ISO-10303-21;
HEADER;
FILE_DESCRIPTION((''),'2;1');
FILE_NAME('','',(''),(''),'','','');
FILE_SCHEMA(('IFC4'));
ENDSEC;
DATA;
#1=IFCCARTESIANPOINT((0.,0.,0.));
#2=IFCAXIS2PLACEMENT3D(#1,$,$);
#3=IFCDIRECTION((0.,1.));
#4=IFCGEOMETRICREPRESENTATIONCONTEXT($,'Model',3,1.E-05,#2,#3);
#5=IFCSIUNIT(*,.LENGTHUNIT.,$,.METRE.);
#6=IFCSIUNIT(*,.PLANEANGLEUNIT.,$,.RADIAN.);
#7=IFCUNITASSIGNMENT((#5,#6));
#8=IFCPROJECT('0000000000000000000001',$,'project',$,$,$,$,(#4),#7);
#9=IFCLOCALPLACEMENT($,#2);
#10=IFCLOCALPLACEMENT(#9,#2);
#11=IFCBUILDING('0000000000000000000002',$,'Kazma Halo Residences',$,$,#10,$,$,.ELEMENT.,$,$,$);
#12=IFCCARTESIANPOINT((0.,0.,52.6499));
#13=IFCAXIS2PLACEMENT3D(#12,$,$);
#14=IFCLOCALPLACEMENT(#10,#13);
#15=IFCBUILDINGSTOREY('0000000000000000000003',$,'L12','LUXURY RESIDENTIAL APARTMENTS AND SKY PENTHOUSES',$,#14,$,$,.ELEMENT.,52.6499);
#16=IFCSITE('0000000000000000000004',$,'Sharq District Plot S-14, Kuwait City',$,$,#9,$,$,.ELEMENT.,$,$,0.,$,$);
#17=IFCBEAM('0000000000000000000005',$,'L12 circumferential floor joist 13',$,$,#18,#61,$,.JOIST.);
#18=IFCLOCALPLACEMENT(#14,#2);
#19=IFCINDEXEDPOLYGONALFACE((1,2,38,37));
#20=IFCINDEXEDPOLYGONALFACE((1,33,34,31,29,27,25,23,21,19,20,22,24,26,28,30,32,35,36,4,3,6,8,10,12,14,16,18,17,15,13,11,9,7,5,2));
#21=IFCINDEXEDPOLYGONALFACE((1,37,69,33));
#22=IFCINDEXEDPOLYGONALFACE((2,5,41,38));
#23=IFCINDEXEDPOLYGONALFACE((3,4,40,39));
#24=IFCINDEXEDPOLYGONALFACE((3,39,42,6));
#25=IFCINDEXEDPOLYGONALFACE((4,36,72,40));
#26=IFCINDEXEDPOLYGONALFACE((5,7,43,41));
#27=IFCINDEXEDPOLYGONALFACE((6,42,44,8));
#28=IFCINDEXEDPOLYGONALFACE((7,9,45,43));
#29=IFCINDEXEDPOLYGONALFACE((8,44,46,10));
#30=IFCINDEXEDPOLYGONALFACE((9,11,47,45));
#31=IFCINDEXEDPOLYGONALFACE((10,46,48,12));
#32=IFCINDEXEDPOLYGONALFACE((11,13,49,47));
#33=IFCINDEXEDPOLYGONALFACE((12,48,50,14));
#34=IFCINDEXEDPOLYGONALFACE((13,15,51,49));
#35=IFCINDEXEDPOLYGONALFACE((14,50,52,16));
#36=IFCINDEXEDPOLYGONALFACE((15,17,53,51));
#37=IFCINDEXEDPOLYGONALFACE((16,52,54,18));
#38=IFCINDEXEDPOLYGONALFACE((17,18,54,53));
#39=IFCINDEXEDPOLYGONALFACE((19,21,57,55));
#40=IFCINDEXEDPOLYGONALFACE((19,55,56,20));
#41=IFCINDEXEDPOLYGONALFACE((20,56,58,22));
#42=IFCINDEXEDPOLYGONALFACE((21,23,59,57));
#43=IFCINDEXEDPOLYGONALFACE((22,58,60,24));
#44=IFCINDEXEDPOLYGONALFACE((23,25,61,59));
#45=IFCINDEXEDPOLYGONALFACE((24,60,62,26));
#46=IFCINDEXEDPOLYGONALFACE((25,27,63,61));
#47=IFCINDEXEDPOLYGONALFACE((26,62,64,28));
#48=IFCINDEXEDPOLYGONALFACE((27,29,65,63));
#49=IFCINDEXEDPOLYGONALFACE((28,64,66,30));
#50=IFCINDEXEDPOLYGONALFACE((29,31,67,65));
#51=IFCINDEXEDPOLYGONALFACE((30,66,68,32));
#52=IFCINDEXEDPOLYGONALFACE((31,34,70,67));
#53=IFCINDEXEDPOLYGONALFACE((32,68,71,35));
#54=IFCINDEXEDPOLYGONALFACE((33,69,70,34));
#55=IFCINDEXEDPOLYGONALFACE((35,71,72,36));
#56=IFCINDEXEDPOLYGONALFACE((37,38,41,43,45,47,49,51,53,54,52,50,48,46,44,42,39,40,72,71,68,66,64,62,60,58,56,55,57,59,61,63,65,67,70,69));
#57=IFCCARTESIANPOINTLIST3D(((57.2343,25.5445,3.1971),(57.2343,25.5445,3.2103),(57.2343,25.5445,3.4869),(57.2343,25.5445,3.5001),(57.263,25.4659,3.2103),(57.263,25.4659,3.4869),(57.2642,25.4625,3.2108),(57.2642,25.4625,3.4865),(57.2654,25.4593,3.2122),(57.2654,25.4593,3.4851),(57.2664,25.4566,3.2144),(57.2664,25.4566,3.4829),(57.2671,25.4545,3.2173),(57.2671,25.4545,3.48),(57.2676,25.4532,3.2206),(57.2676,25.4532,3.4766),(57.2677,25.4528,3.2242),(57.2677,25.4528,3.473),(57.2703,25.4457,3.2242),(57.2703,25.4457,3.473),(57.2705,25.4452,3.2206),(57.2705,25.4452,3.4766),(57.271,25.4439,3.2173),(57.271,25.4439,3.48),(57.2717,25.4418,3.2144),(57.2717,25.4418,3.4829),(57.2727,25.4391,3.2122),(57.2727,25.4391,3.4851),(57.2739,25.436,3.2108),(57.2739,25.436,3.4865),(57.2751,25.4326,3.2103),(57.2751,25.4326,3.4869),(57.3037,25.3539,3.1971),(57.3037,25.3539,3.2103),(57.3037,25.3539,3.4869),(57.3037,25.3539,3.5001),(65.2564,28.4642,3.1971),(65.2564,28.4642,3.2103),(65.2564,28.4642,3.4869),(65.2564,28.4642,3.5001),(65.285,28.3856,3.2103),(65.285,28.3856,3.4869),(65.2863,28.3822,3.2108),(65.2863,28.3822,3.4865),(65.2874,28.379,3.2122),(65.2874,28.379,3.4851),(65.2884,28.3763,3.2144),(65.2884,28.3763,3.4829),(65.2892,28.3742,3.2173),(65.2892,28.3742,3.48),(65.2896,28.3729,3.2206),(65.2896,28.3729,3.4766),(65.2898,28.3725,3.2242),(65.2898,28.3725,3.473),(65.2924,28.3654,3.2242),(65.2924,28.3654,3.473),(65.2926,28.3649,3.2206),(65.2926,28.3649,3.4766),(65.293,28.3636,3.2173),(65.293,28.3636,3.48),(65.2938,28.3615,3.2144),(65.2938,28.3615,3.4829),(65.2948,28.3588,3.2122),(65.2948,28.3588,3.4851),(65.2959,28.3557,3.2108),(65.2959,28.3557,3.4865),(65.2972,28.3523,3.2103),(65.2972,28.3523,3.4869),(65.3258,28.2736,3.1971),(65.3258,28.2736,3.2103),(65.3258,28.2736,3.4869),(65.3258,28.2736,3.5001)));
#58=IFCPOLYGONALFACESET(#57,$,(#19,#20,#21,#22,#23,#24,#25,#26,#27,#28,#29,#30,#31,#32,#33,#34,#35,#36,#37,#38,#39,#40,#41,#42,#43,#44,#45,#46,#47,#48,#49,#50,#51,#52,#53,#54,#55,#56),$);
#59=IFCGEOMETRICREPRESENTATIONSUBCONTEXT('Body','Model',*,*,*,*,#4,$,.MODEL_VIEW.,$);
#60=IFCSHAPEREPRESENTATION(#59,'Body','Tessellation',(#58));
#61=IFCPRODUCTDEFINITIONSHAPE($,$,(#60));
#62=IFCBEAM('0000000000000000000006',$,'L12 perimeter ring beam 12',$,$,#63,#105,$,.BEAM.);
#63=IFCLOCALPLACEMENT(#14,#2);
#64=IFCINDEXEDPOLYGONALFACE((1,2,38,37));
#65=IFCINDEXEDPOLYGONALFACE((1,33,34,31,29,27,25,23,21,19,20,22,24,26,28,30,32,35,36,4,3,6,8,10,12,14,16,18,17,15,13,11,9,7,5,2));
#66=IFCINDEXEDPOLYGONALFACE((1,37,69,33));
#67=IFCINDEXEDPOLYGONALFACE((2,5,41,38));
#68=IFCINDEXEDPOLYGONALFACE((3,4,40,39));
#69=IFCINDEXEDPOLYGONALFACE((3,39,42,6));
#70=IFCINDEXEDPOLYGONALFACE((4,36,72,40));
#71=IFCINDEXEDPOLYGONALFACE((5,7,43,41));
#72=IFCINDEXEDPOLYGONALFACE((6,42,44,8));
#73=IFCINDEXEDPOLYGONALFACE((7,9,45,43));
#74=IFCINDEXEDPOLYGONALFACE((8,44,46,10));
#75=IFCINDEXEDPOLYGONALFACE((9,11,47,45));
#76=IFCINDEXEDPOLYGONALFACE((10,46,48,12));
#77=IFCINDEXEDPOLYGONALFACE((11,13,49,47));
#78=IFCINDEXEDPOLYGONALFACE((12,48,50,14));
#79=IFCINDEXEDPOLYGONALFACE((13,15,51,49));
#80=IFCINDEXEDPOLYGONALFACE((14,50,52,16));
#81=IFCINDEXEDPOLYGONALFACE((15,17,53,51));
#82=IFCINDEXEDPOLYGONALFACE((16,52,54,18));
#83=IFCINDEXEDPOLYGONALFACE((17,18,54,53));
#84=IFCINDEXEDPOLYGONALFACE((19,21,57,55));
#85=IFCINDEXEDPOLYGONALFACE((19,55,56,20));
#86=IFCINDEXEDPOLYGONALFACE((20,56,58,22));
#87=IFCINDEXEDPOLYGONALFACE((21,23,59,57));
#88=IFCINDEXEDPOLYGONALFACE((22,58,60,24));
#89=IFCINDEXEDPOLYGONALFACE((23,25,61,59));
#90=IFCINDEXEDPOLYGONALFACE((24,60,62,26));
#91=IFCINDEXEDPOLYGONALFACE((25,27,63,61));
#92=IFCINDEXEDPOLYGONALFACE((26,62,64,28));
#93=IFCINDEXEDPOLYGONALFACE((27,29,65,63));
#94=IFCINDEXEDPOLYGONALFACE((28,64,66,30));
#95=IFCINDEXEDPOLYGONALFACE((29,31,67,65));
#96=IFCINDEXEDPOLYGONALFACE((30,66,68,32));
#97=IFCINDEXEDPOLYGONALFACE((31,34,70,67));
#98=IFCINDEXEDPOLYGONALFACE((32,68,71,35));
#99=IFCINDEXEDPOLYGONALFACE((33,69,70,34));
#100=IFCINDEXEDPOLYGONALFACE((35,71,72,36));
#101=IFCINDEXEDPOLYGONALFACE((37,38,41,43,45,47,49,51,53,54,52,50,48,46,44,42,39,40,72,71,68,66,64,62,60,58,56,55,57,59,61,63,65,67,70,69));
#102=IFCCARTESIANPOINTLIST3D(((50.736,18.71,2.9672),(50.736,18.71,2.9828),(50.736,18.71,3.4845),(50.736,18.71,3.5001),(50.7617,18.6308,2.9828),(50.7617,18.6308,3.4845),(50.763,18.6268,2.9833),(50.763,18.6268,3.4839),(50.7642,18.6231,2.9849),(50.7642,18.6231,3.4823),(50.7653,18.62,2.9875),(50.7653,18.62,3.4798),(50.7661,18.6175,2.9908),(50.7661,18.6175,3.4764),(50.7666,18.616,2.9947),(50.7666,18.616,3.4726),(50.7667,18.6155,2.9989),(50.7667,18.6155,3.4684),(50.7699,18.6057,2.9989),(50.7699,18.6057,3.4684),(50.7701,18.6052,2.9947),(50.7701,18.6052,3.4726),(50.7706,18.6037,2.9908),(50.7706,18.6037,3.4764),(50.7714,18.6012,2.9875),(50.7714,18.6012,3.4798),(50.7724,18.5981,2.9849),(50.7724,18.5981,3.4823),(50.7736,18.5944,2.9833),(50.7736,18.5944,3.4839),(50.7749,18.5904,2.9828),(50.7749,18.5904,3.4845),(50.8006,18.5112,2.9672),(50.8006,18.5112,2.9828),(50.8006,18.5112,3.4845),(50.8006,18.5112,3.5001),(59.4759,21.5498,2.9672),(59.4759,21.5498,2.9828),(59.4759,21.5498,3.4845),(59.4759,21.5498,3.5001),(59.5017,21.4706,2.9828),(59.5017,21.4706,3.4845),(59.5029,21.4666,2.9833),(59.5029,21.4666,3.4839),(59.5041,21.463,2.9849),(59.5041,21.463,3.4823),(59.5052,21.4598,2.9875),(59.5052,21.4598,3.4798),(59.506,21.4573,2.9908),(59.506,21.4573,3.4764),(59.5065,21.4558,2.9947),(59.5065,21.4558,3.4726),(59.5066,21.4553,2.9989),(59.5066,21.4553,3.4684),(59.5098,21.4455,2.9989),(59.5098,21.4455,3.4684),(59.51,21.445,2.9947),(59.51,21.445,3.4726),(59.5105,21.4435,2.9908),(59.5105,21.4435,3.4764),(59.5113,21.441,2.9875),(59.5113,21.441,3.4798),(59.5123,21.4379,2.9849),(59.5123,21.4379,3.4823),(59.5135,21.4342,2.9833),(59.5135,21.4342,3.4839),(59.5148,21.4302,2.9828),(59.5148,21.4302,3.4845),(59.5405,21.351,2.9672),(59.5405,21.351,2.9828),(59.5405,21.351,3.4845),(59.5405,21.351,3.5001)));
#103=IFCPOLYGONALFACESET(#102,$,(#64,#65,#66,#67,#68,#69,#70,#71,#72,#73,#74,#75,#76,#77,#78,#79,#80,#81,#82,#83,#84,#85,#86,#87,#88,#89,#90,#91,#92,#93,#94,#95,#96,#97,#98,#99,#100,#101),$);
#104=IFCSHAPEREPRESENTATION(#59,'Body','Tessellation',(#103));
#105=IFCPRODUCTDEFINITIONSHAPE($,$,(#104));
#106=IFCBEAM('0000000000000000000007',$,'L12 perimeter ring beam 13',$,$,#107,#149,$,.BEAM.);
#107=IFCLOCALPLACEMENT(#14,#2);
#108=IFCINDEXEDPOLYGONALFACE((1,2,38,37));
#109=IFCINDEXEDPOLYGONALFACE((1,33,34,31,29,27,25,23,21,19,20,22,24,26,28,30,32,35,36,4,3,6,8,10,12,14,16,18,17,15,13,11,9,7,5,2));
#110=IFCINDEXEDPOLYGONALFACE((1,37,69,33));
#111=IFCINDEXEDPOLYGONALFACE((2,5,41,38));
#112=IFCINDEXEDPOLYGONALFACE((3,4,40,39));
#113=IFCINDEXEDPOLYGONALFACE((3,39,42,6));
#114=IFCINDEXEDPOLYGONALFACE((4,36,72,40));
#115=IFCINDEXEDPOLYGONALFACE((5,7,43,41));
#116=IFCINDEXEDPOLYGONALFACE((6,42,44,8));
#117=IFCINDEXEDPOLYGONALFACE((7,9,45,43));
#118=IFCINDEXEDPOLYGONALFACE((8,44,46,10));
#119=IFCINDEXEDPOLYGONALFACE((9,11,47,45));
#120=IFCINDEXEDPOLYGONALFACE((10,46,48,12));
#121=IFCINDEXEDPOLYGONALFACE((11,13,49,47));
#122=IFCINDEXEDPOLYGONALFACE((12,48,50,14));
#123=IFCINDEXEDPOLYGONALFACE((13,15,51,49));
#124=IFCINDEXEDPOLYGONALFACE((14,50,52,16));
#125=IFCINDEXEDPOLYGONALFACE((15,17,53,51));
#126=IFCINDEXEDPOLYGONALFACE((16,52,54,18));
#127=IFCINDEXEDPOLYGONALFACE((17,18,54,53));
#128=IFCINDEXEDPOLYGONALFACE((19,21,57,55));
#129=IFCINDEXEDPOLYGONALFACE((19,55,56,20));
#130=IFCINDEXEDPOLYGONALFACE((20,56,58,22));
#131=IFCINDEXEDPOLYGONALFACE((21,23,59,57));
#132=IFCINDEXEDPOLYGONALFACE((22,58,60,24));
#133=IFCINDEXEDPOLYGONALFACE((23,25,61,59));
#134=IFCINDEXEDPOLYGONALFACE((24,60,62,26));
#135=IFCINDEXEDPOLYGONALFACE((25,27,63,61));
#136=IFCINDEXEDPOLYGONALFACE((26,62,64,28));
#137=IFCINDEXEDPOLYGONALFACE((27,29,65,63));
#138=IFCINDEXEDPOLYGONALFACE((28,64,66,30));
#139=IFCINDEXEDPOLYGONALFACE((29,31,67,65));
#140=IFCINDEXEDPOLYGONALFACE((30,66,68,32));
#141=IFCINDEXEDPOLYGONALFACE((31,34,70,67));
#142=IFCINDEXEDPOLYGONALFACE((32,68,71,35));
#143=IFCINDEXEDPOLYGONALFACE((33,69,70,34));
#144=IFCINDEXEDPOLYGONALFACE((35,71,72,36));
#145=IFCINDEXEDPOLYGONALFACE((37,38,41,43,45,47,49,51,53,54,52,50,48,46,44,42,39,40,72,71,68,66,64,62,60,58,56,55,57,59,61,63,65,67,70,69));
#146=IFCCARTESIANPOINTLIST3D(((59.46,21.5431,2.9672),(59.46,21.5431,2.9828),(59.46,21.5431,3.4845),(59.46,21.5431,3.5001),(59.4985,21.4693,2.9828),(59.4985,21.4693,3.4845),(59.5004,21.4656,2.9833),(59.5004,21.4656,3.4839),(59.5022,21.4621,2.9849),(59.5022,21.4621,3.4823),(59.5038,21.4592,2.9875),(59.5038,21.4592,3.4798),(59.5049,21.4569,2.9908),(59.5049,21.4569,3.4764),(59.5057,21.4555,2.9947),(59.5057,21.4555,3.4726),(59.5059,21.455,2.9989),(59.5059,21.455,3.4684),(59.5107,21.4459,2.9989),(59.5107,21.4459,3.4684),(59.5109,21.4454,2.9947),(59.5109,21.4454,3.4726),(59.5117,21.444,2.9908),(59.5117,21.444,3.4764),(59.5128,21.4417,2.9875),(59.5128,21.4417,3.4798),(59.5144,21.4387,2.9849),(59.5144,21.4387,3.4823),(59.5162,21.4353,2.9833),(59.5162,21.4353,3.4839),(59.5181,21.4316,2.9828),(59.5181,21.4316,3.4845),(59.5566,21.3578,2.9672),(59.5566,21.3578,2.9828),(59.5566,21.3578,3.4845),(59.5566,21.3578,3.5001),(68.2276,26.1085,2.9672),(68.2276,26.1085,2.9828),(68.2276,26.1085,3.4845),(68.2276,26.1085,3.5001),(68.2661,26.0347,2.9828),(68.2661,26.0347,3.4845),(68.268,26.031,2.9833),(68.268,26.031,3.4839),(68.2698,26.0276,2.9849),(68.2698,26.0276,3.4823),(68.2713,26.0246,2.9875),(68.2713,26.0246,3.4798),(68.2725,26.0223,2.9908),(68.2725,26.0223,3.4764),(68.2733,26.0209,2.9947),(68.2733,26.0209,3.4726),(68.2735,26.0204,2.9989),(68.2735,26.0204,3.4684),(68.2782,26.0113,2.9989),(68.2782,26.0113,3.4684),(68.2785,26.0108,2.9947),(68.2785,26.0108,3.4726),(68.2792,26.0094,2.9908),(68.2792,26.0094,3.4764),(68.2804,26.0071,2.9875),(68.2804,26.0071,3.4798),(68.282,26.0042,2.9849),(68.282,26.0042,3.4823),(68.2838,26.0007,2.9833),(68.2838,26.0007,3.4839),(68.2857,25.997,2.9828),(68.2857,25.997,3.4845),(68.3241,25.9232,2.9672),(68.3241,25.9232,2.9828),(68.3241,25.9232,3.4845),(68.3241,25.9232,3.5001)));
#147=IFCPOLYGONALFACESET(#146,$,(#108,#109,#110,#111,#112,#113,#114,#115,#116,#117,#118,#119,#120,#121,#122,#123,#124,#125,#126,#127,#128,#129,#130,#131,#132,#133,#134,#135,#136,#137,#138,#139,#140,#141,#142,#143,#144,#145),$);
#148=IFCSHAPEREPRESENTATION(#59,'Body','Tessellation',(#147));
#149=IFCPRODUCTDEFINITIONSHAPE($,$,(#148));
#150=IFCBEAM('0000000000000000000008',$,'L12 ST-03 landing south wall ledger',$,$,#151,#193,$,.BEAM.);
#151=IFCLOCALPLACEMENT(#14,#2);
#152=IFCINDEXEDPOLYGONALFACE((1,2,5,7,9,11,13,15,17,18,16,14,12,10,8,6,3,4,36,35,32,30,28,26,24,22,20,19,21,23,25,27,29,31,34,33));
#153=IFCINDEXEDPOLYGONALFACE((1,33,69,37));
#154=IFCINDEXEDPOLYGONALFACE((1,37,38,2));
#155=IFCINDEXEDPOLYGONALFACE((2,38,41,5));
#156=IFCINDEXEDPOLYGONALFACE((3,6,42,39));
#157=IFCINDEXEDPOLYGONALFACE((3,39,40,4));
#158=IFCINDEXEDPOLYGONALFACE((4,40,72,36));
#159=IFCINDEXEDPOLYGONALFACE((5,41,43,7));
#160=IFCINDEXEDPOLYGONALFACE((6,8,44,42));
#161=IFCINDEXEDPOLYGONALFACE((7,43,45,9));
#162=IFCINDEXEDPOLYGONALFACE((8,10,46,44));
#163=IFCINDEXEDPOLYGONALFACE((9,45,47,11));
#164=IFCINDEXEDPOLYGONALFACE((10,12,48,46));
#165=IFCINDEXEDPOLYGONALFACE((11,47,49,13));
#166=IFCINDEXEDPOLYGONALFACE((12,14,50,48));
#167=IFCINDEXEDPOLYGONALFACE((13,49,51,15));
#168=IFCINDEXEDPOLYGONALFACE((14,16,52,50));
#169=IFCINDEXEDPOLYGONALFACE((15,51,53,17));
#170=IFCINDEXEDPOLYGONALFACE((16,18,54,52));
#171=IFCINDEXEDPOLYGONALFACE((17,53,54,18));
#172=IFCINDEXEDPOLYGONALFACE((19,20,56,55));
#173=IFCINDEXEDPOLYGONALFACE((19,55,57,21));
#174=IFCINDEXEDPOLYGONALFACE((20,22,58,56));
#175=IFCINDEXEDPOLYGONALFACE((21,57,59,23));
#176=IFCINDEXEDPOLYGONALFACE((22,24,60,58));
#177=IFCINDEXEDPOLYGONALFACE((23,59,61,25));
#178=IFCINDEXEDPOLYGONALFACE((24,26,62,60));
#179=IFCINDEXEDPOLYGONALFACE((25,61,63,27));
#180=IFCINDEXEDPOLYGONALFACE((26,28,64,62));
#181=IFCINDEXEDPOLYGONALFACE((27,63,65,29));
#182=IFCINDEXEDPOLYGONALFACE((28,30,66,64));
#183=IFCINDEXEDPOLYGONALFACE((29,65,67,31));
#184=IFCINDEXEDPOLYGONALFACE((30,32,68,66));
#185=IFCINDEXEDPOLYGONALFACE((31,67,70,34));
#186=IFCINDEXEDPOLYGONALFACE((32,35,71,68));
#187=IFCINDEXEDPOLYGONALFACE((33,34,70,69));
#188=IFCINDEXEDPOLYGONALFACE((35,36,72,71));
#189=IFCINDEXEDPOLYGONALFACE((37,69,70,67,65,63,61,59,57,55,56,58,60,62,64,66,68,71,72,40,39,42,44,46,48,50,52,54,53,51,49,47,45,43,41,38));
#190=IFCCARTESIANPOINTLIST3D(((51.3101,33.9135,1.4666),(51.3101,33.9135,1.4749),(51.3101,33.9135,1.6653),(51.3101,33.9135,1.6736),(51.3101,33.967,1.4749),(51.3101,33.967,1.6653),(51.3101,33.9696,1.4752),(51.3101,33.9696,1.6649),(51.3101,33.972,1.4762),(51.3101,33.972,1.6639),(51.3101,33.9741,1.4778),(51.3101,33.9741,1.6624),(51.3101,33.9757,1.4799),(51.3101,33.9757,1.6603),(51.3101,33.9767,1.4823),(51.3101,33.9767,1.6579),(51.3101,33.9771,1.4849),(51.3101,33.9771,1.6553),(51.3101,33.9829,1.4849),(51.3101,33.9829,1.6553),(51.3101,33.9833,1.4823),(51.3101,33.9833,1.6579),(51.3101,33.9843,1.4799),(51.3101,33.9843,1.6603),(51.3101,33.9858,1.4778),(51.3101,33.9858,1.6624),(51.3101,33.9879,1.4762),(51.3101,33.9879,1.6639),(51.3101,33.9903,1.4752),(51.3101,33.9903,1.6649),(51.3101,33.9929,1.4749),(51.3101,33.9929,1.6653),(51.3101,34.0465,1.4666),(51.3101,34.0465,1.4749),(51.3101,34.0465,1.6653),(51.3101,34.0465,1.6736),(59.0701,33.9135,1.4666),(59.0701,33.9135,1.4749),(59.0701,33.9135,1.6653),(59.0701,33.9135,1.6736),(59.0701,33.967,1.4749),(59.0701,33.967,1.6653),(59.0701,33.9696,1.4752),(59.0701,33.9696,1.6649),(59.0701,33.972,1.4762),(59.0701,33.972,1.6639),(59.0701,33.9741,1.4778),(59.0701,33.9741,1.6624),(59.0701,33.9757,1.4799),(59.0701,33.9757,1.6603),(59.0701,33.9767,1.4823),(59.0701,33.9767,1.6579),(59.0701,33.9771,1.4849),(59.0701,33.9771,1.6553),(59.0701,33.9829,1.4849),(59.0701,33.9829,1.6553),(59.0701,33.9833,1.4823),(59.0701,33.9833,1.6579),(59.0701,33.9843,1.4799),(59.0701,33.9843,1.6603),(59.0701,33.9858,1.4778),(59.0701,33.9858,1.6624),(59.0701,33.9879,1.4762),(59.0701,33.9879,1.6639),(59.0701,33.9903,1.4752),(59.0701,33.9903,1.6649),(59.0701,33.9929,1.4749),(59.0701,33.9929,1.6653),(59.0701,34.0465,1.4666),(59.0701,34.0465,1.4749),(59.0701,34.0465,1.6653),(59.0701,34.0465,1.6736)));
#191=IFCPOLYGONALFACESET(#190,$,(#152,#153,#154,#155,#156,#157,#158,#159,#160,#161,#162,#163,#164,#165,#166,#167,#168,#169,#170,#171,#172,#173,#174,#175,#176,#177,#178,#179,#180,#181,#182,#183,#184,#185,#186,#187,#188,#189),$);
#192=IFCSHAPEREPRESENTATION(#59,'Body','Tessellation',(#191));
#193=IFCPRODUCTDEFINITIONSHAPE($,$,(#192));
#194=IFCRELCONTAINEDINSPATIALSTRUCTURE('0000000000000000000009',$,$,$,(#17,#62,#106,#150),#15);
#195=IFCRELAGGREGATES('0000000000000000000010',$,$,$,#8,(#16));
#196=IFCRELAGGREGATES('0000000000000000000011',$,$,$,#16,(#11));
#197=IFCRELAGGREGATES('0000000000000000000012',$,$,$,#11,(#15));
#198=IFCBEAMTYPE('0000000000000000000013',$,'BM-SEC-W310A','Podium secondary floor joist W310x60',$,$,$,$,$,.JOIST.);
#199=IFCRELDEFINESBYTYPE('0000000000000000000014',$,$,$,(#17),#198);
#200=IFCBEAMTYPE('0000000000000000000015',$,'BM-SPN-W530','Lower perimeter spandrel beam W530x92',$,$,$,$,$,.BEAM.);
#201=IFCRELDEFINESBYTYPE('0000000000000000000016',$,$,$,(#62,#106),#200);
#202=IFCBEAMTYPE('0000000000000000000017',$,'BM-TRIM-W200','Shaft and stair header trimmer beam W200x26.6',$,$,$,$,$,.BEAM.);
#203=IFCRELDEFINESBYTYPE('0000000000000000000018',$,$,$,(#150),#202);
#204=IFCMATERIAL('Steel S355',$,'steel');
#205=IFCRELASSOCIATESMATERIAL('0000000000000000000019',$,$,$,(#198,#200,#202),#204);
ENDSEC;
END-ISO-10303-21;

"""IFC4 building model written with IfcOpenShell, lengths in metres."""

from ifc_helpers import new_model, si_unit, direction, frame, origin, origin_2d, place, context, subcontext, project, spatial, i_section, extrude, material, material_profile, profile_set, type_object, element, save


model = new_model("IFC4")

# Units and contexts
model_context = context("Model", 3, precision=1e-05, world=origin(), true_north=direction((0.0, 1.0)))
body_context = subcontext(model_context, "Body", "Model", "MODEL_VIEW")
ifc_project = project(units=[si_unit("LENGTHUNIT", "METRE"), si_unit("PLANEANGLEUNIT", "RADIAN")], contexts=[model_context])

# Site, building, storey
site_placement = place(None, origin())
site = spatial("IfcSite", under=ifc_project, at=site_placement, Name="Sharq District Plot S-14, Kuwait City", CompositionType="ELEMENT", RefElevation=0.0)
building_placement = place(site_placement, origin())
building = spatial("IfcBuilding", under=site, at=building_placement, Name="Kazma Halo Residences", CompositionType="ELEMENT")
storey_placement = place(building_placement, frame((0.0, 0.0, 52.6499)))
storey = spatial("IfcBuildingStorey", under=building, at=storey_placement, Name="L12", Description="LUXURY RESIDENTIAL APARTMENTS AND SKY PENTHOUSES", CompositionType="ELEMENT", Elevation=52.6499)

# Beams
ifc_material_1 = material(Name="Steel S355", Category="steel")
ifc_material_profile_1 = material_profile(ifc_material_1, i_section(OverallWidth=0.2029, OverallDepth=0.303, WebThickness=0.0076, FlangeThickness=0.0132, FilletRadius=0.0139, at=origin_2d()), Name="W310x60")
ifc_profile_set_1 = profile_set([ifc_material_profile_1], Name="Steel S355")
beam_type_1 = type_object("IfcBeamType", Name="BM-SEC-W310A", Description="Podium secondary floor joist W310x60", PredefinedType="JOIST", material=ifc_profile_set_1)
beam_1_placement = place(storey_placement, frame((57.269, 25.4492, 3.3486), z_axis=(0.939696, 0.342012, 0.0), x_axis=(-0.342012, 0.939696, 0.0)))
element("IfcBeam", 1, at=beam_1_placement, inside=storey, type_object=beam_type_1, Name="L12 circumferential floor joist 13", PredefinedType="JOIST", context=body_context, shape_type="SweptSolid", body=[
    extrude(i_section(OverallWidth=0.2029, OverallDepth=0.303, WebThickness=0.0076, FlangeThickness=0.0132, FilletRadius=0.0139, at=origin_2d()), origin(), (0.0, 0.0, 1.0), 8.5369),
])
ifc_material_profile_2 = material_profile(ifc_material_1, i_section(OverallWidth=0.209, OverallDepth=0.533, WebThickness=0.0103, FlangeThickness=0.0156, FilletRadius=0.0161, at=origin_2d()), Name="W530x92")
ifc_profile_set_2 = profile_set([ifc_material_profile_2], Name="Steel S355")
beam_type_2 = type_object("IfcBeamType", Name="BM-SPN-W530", Description="Lower perimeter spandrel beam W530x92", PredefinedType="BEAM", material=ifc_profile_set_2)
beam_2_placement = place(storey_placement, frame((50.7683, 18.6106, 3.2336), z_axis=(0.951055, 0.309022, 0.0), x_axis=(-0.309022, 0.951055, 0.0)))
element("IfcBeam", 2, at=beam_2_placement, inside=storey, type_object=beam_type_2, Name="L12 perimeter ring beam 12", PredefinedType="BEAM", context=body_context, shape_type="SweptSolid", body=[
    extrude(i_section(OverallWidth=0.209, OverallDepth=0.533, WebThickness=0.0103, FlangeThickness=0.0156, FilletRadius=0.0161, at=origin_2d()), origin(), (0.0, 0.0, 1.0), 9.1897),
])
beam_3_placement = place(storey_placement, frame((59.5083, 21.4504, 3.2336), z_axis=(0.886956, 0.461853, 0.0), x_axis=(-0.461853, 0.886956, 0.0)))
element("IfcBeam", 3, at=beam_3_placement, inside=storey, type_object=beam_type_2, Name="L12 perimeter ring beam 13", PredefinedType="BEAM", context=body_context, shape_type="SweptSolid", body=[
    extrude(i_section(OverallWidth=0.209, OverallDepth=0.533, WebThickness=0.0103, FlangeThickness=0.0156, FilletRadius=0.0161, at=origin_2d()), origin(), (0.0, 0.0, 1.0), 9.885),
])
ifc_material_profile_3 = material_profile(ifc_material_1, i_section(OverallWidth=0.1331, OverallDepth=0.207, WebThickness=0.0059, FlangeThickness=0.0083, FilletRadius=0.01, at=origin_2d()), Name="W200x26.6")
ifc_profile_set_3 = profile_set([ifc_material_profile_3], Name="Steel S355")
beam_type_3 = type_object("IfcBeamType", Name="BM-TRIM-W200", Description="Shaft and stair header trimmer beam W200x26.6", PredefinedType="BEAM", material=ifc_profile_set_3)
beam_4_placement = place(storey_placement, frame((51.3101, 33.98, 1.5701), z_axis=(1.0, 0.0, 0.0), x_axis=(0.0, 1.0, 0.0)))
element("IfcBeam", 4, at=beam_4_placement, inside=storey, type_object=beam_type_3, Name="L12 ST-03 landing south wall ledger", PredefinedType="BEAM", context=body_context, shape_type="SweptSolid", body=[
    extrude(i_section(OverallWidth=0.1331, OverallDepth=0.207, WebThickness=0.0059, FlangeThickness=0.0083, FilletRadius=0.01, at=origin_2d()), origin(), (0.0, 0.0, 1.0), 7.76),
])

save(model, "model.ifc")
